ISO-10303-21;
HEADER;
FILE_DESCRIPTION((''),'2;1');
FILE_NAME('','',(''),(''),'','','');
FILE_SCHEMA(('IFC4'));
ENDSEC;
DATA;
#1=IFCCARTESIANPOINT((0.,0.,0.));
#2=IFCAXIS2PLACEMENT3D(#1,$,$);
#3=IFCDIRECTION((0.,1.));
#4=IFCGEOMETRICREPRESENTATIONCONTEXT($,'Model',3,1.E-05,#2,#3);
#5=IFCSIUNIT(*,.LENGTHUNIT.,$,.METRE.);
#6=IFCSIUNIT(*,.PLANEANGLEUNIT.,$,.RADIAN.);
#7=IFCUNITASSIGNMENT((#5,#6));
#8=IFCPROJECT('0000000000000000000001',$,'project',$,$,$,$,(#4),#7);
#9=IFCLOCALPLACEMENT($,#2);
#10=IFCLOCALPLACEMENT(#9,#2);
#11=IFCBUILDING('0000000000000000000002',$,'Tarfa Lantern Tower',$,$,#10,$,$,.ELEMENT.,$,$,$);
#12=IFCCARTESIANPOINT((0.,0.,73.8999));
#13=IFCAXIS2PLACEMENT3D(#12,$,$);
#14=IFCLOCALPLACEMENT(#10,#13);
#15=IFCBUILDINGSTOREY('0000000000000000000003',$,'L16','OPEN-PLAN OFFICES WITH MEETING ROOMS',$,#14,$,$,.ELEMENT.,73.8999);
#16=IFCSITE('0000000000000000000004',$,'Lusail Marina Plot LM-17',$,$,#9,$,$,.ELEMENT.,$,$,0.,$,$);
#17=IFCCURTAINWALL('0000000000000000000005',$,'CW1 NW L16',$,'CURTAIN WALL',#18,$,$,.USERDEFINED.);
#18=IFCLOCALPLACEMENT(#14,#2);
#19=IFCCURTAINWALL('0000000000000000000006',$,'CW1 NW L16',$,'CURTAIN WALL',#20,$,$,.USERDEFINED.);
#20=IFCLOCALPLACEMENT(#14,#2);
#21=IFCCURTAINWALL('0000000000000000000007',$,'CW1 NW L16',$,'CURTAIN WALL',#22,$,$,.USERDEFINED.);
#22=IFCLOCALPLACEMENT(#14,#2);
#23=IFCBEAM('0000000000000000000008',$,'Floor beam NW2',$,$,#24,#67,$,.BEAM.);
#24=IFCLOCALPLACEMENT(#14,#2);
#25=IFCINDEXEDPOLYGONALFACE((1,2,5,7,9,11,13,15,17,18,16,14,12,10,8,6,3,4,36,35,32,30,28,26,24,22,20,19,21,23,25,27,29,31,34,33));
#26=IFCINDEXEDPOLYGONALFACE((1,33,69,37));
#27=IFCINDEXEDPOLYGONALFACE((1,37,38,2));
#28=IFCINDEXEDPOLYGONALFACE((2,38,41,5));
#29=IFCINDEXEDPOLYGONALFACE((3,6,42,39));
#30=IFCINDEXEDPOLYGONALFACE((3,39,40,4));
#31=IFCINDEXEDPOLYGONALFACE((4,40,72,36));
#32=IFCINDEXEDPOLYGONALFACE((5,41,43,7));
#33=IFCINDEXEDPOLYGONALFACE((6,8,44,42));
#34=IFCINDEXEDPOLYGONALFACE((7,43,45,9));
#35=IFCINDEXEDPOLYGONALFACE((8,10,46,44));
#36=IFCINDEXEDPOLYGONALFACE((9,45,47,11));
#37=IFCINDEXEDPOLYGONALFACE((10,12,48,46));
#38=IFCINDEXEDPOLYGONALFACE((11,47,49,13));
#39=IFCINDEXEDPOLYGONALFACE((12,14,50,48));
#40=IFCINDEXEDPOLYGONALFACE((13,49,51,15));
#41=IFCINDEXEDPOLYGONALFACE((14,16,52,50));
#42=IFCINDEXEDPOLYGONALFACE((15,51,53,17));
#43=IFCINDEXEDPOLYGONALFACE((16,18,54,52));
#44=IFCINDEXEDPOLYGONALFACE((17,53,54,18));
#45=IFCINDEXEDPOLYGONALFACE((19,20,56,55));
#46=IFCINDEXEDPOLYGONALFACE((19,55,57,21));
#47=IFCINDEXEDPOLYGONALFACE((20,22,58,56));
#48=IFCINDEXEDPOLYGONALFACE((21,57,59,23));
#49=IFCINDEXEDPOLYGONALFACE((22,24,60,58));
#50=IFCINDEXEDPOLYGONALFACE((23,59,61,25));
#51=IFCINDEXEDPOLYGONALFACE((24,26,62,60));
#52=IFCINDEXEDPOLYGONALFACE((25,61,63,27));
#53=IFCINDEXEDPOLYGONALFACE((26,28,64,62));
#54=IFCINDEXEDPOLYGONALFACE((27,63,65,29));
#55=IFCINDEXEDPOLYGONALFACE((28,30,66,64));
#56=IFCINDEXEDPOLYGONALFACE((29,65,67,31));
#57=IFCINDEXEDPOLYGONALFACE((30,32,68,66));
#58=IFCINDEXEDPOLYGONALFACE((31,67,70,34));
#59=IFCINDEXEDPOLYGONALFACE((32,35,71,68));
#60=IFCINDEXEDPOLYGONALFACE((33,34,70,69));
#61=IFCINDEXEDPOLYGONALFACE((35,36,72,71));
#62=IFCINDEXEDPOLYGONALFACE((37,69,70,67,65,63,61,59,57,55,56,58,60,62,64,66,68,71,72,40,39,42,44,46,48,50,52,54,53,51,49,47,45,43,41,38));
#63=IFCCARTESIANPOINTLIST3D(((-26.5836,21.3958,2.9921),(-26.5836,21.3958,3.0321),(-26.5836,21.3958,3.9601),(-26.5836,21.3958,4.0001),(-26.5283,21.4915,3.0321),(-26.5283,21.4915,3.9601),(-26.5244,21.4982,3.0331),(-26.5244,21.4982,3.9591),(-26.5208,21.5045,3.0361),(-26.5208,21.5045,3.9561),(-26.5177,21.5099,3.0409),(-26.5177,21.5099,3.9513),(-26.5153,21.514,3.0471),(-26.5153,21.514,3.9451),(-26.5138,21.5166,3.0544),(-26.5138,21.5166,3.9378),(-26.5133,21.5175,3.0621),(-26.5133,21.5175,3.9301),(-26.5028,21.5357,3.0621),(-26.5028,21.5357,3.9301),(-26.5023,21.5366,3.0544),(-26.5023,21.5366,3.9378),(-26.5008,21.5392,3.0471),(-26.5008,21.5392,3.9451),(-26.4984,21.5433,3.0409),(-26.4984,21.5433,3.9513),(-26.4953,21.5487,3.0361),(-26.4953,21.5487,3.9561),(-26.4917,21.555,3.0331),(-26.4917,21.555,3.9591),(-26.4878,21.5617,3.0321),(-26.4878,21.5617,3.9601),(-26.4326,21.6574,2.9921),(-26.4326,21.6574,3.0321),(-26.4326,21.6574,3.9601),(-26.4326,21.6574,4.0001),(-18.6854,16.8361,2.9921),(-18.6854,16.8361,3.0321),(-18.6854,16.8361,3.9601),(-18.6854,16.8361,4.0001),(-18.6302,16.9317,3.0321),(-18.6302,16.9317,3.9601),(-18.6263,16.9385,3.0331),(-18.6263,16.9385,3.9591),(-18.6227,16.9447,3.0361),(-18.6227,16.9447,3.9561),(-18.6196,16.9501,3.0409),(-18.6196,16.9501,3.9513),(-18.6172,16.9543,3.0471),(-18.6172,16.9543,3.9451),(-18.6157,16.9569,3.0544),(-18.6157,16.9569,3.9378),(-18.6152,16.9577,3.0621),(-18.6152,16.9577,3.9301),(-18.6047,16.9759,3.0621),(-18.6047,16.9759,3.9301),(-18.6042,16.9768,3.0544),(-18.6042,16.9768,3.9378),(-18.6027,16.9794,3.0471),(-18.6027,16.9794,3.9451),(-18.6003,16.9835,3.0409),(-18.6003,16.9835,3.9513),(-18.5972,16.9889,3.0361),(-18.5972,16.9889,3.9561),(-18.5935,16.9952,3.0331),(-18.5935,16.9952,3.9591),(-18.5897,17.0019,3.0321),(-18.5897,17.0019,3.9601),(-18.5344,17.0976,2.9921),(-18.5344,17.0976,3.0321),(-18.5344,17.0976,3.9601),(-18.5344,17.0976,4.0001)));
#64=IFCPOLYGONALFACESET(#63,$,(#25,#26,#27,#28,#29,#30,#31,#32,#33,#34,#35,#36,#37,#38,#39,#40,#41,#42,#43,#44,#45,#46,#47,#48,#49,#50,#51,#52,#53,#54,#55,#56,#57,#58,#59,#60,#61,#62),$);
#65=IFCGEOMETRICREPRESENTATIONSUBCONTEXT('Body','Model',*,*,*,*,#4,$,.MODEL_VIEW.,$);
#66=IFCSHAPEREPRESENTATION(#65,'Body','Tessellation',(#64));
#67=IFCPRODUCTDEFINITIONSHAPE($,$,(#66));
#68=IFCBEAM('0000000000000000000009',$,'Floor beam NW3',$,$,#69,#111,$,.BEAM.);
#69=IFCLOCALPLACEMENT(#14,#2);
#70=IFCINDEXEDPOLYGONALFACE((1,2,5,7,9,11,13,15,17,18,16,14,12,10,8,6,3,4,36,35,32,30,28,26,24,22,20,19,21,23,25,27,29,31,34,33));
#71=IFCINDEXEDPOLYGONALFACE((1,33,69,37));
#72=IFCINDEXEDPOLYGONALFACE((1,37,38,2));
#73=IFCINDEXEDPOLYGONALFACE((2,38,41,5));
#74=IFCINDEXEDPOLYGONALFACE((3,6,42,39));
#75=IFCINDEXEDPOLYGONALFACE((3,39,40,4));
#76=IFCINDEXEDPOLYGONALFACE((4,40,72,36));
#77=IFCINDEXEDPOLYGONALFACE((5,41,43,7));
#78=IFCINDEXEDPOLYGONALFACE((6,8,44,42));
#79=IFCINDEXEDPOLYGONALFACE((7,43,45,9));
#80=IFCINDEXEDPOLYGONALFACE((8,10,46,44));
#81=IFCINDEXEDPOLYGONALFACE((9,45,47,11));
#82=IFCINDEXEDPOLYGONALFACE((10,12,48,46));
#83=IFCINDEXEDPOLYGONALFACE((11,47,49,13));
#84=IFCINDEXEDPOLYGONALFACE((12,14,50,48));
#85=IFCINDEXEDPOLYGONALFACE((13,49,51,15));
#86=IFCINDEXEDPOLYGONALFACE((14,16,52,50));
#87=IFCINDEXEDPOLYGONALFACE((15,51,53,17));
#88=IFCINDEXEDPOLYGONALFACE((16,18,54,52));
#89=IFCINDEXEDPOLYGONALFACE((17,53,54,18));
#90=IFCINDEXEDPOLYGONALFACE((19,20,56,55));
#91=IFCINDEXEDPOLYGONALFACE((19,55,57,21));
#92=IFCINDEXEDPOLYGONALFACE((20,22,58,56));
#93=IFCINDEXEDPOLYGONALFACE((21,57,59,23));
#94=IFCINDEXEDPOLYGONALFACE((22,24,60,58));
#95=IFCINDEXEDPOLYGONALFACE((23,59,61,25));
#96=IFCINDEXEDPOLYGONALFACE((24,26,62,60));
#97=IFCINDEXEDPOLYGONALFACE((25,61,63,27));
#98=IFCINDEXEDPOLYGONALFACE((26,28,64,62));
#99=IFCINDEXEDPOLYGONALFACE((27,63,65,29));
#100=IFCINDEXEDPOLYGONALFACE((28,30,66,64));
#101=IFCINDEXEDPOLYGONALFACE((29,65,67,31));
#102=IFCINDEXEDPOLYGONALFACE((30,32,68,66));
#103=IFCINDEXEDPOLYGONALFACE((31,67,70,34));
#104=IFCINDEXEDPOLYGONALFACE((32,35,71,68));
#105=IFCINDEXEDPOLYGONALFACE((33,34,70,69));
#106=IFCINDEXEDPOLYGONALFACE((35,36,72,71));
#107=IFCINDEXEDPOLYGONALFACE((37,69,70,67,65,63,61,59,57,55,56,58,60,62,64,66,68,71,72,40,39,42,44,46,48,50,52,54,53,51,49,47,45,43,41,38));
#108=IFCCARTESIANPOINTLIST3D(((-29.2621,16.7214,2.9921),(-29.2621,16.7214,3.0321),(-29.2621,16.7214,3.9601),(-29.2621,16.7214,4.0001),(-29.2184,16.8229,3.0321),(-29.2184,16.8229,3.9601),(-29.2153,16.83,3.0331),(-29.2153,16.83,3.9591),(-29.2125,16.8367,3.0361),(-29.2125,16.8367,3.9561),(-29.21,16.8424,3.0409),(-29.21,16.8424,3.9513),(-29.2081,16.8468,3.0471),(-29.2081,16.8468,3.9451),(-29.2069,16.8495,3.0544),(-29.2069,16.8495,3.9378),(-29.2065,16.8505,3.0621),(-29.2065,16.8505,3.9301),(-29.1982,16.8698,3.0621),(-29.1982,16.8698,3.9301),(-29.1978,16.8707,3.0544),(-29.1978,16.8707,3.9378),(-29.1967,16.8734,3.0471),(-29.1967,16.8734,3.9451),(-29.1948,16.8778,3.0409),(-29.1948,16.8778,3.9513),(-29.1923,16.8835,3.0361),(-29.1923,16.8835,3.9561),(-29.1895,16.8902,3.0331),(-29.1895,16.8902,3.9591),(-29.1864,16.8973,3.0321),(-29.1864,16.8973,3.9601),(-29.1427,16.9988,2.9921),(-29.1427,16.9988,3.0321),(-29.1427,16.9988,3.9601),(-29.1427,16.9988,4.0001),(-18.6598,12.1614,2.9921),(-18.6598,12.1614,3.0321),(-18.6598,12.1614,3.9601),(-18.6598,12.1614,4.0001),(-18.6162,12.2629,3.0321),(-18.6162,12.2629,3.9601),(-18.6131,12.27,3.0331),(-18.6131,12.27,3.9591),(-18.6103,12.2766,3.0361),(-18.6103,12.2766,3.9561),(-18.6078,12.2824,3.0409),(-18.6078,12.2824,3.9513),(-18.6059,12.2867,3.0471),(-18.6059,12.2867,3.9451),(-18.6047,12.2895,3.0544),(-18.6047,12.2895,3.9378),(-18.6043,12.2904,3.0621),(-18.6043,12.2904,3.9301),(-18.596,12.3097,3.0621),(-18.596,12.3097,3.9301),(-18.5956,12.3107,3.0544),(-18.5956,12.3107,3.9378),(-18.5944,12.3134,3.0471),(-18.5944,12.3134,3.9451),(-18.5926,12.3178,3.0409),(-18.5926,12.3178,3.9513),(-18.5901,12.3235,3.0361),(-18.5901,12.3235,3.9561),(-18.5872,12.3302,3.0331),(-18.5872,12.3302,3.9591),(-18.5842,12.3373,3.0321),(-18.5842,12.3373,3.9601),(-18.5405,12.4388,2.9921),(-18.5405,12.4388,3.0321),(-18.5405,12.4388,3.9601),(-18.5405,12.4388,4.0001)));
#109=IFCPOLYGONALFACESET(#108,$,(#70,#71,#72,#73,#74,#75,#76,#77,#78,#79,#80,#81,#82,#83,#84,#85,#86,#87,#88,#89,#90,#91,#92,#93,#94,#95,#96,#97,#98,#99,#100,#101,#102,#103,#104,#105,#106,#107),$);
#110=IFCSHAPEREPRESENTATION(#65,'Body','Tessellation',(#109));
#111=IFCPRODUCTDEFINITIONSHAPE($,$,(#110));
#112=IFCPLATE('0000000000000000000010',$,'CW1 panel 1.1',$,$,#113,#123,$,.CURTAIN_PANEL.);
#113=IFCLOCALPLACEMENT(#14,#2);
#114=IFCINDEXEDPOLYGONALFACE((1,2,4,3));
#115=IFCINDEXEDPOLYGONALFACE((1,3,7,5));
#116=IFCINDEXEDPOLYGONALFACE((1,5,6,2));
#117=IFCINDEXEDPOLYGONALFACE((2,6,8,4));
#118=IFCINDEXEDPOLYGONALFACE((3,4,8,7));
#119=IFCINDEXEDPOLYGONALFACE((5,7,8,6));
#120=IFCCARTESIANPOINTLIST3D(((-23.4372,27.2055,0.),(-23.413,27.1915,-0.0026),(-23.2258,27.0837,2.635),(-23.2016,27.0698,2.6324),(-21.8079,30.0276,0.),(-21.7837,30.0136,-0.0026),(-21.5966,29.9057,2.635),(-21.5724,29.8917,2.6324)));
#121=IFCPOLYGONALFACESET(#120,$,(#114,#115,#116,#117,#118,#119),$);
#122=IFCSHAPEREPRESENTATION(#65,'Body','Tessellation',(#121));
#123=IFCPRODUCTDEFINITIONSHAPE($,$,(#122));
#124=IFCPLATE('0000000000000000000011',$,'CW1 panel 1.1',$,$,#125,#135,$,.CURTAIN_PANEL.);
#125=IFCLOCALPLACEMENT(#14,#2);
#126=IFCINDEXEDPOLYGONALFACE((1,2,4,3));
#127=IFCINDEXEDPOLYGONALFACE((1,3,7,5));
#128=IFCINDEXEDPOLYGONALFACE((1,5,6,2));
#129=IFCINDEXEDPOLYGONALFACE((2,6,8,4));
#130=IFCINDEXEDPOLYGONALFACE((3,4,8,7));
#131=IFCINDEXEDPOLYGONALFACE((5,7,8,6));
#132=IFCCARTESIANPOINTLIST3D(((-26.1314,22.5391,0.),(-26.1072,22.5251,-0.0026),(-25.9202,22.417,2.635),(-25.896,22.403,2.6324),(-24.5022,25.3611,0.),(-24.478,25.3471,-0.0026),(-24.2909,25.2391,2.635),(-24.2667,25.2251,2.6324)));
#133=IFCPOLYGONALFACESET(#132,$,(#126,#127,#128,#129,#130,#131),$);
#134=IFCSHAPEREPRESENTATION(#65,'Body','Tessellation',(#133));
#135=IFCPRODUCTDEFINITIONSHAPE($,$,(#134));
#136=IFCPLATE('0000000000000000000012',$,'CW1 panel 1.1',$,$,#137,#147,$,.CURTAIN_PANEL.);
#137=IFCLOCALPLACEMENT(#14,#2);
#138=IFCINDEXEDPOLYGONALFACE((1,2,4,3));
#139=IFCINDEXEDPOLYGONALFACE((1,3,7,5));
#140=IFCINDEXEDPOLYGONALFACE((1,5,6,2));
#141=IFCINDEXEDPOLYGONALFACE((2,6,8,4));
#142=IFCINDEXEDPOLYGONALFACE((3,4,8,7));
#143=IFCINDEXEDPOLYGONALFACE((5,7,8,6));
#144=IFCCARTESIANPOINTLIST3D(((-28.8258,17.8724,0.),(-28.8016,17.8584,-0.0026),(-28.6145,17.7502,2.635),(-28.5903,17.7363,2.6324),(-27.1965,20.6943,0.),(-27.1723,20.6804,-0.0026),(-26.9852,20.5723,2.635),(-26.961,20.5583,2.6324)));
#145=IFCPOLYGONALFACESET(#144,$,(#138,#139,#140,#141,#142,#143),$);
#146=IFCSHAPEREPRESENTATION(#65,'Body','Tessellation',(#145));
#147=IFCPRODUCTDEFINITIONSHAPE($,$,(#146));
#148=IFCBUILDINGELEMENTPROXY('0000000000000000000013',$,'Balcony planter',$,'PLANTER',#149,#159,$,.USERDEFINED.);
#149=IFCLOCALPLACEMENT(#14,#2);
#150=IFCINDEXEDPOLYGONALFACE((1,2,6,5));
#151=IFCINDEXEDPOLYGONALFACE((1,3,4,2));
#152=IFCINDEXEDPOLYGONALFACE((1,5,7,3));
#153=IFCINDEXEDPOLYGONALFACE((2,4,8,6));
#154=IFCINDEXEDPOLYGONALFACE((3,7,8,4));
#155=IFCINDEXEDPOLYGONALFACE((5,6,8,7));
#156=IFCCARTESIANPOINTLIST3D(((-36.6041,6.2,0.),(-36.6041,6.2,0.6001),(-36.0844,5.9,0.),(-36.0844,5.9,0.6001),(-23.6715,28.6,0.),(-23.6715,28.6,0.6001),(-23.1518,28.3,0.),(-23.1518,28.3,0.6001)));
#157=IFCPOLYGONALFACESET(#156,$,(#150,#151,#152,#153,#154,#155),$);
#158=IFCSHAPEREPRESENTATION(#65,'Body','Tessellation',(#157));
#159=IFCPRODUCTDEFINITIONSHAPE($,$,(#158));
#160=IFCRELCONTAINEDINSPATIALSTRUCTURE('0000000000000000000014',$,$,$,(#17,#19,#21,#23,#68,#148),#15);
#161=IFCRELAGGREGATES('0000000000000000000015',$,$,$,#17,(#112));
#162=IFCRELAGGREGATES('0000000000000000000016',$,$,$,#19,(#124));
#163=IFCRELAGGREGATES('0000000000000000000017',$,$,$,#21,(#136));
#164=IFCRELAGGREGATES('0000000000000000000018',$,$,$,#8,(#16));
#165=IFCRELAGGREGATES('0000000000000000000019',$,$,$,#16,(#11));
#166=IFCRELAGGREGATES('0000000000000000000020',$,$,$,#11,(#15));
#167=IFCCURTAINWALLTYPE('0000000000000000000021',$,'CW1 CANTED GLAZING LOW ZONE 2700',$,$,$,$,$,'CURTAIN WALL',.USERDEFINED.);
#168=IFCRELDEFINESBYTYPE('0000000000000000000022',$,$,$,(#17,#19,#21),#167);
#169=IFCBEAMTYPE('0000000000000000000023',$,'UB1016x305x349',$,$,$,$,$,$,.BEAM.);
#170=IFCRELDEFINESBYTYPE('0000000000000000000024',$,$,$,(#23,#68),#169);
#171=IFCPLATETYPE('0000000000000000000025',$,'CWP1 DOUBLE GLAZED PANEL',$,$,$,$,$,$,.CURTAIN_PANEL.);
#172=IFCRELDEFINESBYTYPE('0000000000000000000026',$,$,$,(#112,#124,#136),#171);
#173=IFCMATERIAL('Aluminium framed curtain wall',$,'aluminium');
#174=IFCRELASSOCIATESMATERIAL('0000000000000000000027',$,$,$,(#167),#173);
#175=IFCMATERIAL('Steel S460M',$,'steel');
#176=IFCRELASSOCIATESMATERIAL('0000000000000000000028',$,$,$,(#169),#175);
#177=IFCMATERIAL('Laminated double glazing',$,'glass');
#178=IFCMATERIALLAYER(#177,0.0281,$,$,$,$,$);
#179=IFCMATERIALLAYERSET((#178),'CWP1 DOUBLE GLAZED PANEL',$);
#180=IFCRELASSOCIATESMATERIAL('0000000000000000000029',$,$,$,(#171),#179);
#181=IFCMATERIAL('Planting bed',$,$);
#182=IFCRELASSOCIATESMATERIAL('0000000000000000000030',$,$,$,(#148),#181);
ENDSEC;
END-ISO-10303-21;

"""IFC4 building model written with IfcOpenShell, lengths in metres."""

from ifc_helpers import new_model, si_unit, direction, frame, origin, origin_2d, place, context, subcontext, project, spatial, polyline, rectangle, i_section, outline, extrude, material, layer, layer_set, material_profile, profile_set, type_object, element, aggregate, save


model = new_model("IFC4")

# Units and contexts
model_context = context("Model", 3, precision=1e-05, world=origin(), true_north=direction((0.0, 1.0)))
body_context = subcontext(model_context, "Body", "Model", "MODEL_VIEW")
ifc_project = project(units=[si_unit("LENGTHUNIT", "METRE"), si_unit("PLANEANGLEUNIT", "RADIAN")], contexts=[model_context])

# Site, building, storey
site_placement = place(None, origin())
site = spatial("IfcSite", under=ifc_project, at=site_placement, Name="Lusail Marina Plot LM-17", CompositionType="ELEMENT", RefElevation=0.0)
building_placement = place(site_placement, origin())
building = spatial("IfcBuilding", under=site, at=building_placement, Name="Tarfa Lantern Tower", CompositionType="ELEMENT")
storey_placement = place(building_placement, frame((0.0, 0.0, 73.8999)))
storey = spatial("IfcBuildingStorey", under=building, at=storey_placement, Name="L16", Description="OPEN-PLAN OFFICES WITH MEETING ROOMS", CompositionType="ELEMENT", Elevation=73.8999)

# Curtain walls
ifc_material_1 = material(Name="Aluminium framed curtain wall", Category="aluminium")
curtain_wall_type = type_object("IfcCurtainWallType", Name="CW1 CANTED GLAZING LOW ZONE 2700", ElementType="CURTAIN WALL", PredefinedType="USERDEFINED", material=ifc_material_1)
curtain_wall_1_placement = place(storey_placement, origin())
curtain_wall_1 = element("IfcCurtainWall", 1, at=curtain_wall_1_placement, inside=storey, type_object=curtain_wall_type, Name="CW1 NW L16", ObjectType="CURTAIN WALL", PredefinedType="USERDEFINED")
curtain_wall_2_placement = place(storey_placement, origin())
curtain_wall_2 = element("IfcCurtainWall", 2, at=curtain_wall_2_placement, inside=storey, type_object=curtain_wall_type, Name="CW1 NW L16", ObjectType="CURTAIN WALL", PredefinedType="USERDEFINED")
curtain_wall_3_placement = place(storey_placement, origin())
curtain_wall_3 = element("IfcCurtainWall", 3, at=curtain_wall_3_placement, inside=storey, type_object=curtain_wall_type, Name="CW1 NW L16", ObjectType="CURTAIN WALL", PredefinedType="USERDEFINED")

# Beams
ifc_material_2 = material(Name="Steel S460M", Category="steel")
ifc_material_profile_1 = material_profile(ifc_material_2, i_section(OverallWidth=0.302, OverallDepth=1.0081, WebThickness=0.021, FlangeThickness=0.04, FilletRadius=0.03, at=origin_2d()), Name="UB1016x305x349")
ifc_profile_set_1 = profile_set([ifc_material_profile_1], Name="Steel S460M")
beam_type_1 = type_object("IfcBeamType", Name="UB1016x305x349", PredefinedType="BEAM", material=ifc_profile_set_1)
beam_1_placement = place(storey_placement, frame((-26.5081, 21.5266, 3.4961), z_axis=(0.866035, -0.499983, 0.0), x_axis=(0.499983, 0.866035, 0.0)))
element("IfcBeam", 4, at=beam_1_placement, inside=storey, type_object=beam_type_1, Name="Floor beam NW2", PredefinedType="BEAM", context=body_context, shape_type="SweptSolid", body=[
    extrude(i_section(OverallWidth=0.302, OverallDepth=1.0081, WebThickness=0.021, FlangeThickness=0.04, FilletRadius=0.03, at=origin_2d()), origin(), (0.0, 0.0, 1.0), 9.1199),
])
beam_2_placement = place(storey_placement, frame((-29.2024, 16.8601, 3.4961), z_axis=(0.918635, -0.395106, 0.0), x_axis=(0.395106, 0.918635, 0.0)))
element("IfcBeam", 5, at=beam_2_placement, inside=storey, type_object=beam_type_1, Name="Floor beam NW3", PredefinedType="BEAM", context=body_context, shape_type="SweptSolid", body=[
    extrude(i_section(OverallWidth=0.302, OverallDepth=1.0081, WebThickness=0.021, FlangeThickness=0.04, FilletRadius=0.03, at=origin_2d()), origin(), (0.0, 0.0, 1.0), 11.5413),
])

# Plates
ifc_material_3 = material(Name="Laminated double glazing", Category="glass")
ifc_layer = layer(ifc_material_3, 0.0281)
ifc_layer_set = layer_set([ifc_layer], Name="CWP1 DOUBLE GLAZED PANEL")
plate_type = type_object("IfcPlateType", Name="CWP1 DOUBLE GLAZED PANEL", PredefinedType="CURTAIN_PANEL", material=ifc_layer_set)
plate_1_placement = place(storey_placement, frame((-21.8079, 30.0276, 0.0), z_axis=(-0.862342, 0.497867, 0.09217), x_axis=(-0.499995, -0.866028, -0.000003)))
plate_1 = element("IfcPlate", 6, at=plate_1_placement, type_object=plate_type, Name="CW1 panel 1.1", PredefinedType="CURTAIN_PANEL", context=body_context, shape_type="SweptSolid", body=[
    extrude(outline(polyline([(0.0, 0.0), (3.2586, 0.0), (3.2584, 2.6463), (-0.0001, 2.6463), (0.0, 0.0)])), origin(), (0.0, 0.0, -1.0), 0.0281),
])
aggregate(curtain_wall_1, [plate_1])
plate_2_placement = place(storey_placement, frame((-24.5022, 25.3611, 0.0), z_axis=(-0.862338, 0.497864, 0.092216), x_axis=(-0.499995, -0.866029, 0.000003)))
plate_2 = element("IfcPlate", 7, at=plate_2_placement, type_object=plate_type, Name="CW1 panel 1.1", PredefinedType="CURTAIN_PANEL", context=body_context, shape_type="SweptSolid", body=[
    extrude(outline(polyline([(0.0, 0.0), (3.2585, 0.0), (3.2587, 2.6463), (0.0, 2.6463), (0.0, 0.0)])), origin(), (0.0, 0.0, -1.0), 0.0281),
])
aggregate(curtain_wall_2, [plate_2])
plate_3_placement = place(storey_placement, frame((-27.1965, 20.6943, 0.0), z_axis=(-0.862338, 0.497864, 0.092216), x_axis=(-0.499995, -0.866029, 0.000003)))
plate_3 = element("IfcPlate", 8, at=plate_3_placement, type_object=plate_type, Name="CW1 panel 1.1", PredefinedType="CURTAIN_PANEL", context=body_context, shape_type="SweptSolid", body=[
    extrude(outline(polyline([(0.0, 0.0), (3.2585, 0.0), (3.2587, 2.6463), (0.0, 2.6463), (0.0, 0.0)])), origin(), (0.0, 0.0, -1.0), 0.0281),
])
aggregate(curtain_wall_3, [plate_3])

# Building element proxy
ifc_material_4 = material(Name="Planting bed")
proxy_placement = place(storey_placement, frame((-29.8779, 17.25, 0.0), z_axis=(0.0, 0.0, 1.0), x_axis=(-0.5, -0.866025, 0.0)))
element("IfcBuildingElementProxy", 9, at=proxy_placement, inside=storey, material=ifc_material_4, Name="Balcony planter", ObjectType="PLANTER", PredefinedType="USERDEFINED", context=body_context, shape_type="SweptSolid", body=[
    extrude(rectangle(XDim=25.8652, YDim=0.6001, at=origin_2d()), origin(), (0.0, 0.0, 1.0), 0.6001),
])

save(model, "model.ifc")
